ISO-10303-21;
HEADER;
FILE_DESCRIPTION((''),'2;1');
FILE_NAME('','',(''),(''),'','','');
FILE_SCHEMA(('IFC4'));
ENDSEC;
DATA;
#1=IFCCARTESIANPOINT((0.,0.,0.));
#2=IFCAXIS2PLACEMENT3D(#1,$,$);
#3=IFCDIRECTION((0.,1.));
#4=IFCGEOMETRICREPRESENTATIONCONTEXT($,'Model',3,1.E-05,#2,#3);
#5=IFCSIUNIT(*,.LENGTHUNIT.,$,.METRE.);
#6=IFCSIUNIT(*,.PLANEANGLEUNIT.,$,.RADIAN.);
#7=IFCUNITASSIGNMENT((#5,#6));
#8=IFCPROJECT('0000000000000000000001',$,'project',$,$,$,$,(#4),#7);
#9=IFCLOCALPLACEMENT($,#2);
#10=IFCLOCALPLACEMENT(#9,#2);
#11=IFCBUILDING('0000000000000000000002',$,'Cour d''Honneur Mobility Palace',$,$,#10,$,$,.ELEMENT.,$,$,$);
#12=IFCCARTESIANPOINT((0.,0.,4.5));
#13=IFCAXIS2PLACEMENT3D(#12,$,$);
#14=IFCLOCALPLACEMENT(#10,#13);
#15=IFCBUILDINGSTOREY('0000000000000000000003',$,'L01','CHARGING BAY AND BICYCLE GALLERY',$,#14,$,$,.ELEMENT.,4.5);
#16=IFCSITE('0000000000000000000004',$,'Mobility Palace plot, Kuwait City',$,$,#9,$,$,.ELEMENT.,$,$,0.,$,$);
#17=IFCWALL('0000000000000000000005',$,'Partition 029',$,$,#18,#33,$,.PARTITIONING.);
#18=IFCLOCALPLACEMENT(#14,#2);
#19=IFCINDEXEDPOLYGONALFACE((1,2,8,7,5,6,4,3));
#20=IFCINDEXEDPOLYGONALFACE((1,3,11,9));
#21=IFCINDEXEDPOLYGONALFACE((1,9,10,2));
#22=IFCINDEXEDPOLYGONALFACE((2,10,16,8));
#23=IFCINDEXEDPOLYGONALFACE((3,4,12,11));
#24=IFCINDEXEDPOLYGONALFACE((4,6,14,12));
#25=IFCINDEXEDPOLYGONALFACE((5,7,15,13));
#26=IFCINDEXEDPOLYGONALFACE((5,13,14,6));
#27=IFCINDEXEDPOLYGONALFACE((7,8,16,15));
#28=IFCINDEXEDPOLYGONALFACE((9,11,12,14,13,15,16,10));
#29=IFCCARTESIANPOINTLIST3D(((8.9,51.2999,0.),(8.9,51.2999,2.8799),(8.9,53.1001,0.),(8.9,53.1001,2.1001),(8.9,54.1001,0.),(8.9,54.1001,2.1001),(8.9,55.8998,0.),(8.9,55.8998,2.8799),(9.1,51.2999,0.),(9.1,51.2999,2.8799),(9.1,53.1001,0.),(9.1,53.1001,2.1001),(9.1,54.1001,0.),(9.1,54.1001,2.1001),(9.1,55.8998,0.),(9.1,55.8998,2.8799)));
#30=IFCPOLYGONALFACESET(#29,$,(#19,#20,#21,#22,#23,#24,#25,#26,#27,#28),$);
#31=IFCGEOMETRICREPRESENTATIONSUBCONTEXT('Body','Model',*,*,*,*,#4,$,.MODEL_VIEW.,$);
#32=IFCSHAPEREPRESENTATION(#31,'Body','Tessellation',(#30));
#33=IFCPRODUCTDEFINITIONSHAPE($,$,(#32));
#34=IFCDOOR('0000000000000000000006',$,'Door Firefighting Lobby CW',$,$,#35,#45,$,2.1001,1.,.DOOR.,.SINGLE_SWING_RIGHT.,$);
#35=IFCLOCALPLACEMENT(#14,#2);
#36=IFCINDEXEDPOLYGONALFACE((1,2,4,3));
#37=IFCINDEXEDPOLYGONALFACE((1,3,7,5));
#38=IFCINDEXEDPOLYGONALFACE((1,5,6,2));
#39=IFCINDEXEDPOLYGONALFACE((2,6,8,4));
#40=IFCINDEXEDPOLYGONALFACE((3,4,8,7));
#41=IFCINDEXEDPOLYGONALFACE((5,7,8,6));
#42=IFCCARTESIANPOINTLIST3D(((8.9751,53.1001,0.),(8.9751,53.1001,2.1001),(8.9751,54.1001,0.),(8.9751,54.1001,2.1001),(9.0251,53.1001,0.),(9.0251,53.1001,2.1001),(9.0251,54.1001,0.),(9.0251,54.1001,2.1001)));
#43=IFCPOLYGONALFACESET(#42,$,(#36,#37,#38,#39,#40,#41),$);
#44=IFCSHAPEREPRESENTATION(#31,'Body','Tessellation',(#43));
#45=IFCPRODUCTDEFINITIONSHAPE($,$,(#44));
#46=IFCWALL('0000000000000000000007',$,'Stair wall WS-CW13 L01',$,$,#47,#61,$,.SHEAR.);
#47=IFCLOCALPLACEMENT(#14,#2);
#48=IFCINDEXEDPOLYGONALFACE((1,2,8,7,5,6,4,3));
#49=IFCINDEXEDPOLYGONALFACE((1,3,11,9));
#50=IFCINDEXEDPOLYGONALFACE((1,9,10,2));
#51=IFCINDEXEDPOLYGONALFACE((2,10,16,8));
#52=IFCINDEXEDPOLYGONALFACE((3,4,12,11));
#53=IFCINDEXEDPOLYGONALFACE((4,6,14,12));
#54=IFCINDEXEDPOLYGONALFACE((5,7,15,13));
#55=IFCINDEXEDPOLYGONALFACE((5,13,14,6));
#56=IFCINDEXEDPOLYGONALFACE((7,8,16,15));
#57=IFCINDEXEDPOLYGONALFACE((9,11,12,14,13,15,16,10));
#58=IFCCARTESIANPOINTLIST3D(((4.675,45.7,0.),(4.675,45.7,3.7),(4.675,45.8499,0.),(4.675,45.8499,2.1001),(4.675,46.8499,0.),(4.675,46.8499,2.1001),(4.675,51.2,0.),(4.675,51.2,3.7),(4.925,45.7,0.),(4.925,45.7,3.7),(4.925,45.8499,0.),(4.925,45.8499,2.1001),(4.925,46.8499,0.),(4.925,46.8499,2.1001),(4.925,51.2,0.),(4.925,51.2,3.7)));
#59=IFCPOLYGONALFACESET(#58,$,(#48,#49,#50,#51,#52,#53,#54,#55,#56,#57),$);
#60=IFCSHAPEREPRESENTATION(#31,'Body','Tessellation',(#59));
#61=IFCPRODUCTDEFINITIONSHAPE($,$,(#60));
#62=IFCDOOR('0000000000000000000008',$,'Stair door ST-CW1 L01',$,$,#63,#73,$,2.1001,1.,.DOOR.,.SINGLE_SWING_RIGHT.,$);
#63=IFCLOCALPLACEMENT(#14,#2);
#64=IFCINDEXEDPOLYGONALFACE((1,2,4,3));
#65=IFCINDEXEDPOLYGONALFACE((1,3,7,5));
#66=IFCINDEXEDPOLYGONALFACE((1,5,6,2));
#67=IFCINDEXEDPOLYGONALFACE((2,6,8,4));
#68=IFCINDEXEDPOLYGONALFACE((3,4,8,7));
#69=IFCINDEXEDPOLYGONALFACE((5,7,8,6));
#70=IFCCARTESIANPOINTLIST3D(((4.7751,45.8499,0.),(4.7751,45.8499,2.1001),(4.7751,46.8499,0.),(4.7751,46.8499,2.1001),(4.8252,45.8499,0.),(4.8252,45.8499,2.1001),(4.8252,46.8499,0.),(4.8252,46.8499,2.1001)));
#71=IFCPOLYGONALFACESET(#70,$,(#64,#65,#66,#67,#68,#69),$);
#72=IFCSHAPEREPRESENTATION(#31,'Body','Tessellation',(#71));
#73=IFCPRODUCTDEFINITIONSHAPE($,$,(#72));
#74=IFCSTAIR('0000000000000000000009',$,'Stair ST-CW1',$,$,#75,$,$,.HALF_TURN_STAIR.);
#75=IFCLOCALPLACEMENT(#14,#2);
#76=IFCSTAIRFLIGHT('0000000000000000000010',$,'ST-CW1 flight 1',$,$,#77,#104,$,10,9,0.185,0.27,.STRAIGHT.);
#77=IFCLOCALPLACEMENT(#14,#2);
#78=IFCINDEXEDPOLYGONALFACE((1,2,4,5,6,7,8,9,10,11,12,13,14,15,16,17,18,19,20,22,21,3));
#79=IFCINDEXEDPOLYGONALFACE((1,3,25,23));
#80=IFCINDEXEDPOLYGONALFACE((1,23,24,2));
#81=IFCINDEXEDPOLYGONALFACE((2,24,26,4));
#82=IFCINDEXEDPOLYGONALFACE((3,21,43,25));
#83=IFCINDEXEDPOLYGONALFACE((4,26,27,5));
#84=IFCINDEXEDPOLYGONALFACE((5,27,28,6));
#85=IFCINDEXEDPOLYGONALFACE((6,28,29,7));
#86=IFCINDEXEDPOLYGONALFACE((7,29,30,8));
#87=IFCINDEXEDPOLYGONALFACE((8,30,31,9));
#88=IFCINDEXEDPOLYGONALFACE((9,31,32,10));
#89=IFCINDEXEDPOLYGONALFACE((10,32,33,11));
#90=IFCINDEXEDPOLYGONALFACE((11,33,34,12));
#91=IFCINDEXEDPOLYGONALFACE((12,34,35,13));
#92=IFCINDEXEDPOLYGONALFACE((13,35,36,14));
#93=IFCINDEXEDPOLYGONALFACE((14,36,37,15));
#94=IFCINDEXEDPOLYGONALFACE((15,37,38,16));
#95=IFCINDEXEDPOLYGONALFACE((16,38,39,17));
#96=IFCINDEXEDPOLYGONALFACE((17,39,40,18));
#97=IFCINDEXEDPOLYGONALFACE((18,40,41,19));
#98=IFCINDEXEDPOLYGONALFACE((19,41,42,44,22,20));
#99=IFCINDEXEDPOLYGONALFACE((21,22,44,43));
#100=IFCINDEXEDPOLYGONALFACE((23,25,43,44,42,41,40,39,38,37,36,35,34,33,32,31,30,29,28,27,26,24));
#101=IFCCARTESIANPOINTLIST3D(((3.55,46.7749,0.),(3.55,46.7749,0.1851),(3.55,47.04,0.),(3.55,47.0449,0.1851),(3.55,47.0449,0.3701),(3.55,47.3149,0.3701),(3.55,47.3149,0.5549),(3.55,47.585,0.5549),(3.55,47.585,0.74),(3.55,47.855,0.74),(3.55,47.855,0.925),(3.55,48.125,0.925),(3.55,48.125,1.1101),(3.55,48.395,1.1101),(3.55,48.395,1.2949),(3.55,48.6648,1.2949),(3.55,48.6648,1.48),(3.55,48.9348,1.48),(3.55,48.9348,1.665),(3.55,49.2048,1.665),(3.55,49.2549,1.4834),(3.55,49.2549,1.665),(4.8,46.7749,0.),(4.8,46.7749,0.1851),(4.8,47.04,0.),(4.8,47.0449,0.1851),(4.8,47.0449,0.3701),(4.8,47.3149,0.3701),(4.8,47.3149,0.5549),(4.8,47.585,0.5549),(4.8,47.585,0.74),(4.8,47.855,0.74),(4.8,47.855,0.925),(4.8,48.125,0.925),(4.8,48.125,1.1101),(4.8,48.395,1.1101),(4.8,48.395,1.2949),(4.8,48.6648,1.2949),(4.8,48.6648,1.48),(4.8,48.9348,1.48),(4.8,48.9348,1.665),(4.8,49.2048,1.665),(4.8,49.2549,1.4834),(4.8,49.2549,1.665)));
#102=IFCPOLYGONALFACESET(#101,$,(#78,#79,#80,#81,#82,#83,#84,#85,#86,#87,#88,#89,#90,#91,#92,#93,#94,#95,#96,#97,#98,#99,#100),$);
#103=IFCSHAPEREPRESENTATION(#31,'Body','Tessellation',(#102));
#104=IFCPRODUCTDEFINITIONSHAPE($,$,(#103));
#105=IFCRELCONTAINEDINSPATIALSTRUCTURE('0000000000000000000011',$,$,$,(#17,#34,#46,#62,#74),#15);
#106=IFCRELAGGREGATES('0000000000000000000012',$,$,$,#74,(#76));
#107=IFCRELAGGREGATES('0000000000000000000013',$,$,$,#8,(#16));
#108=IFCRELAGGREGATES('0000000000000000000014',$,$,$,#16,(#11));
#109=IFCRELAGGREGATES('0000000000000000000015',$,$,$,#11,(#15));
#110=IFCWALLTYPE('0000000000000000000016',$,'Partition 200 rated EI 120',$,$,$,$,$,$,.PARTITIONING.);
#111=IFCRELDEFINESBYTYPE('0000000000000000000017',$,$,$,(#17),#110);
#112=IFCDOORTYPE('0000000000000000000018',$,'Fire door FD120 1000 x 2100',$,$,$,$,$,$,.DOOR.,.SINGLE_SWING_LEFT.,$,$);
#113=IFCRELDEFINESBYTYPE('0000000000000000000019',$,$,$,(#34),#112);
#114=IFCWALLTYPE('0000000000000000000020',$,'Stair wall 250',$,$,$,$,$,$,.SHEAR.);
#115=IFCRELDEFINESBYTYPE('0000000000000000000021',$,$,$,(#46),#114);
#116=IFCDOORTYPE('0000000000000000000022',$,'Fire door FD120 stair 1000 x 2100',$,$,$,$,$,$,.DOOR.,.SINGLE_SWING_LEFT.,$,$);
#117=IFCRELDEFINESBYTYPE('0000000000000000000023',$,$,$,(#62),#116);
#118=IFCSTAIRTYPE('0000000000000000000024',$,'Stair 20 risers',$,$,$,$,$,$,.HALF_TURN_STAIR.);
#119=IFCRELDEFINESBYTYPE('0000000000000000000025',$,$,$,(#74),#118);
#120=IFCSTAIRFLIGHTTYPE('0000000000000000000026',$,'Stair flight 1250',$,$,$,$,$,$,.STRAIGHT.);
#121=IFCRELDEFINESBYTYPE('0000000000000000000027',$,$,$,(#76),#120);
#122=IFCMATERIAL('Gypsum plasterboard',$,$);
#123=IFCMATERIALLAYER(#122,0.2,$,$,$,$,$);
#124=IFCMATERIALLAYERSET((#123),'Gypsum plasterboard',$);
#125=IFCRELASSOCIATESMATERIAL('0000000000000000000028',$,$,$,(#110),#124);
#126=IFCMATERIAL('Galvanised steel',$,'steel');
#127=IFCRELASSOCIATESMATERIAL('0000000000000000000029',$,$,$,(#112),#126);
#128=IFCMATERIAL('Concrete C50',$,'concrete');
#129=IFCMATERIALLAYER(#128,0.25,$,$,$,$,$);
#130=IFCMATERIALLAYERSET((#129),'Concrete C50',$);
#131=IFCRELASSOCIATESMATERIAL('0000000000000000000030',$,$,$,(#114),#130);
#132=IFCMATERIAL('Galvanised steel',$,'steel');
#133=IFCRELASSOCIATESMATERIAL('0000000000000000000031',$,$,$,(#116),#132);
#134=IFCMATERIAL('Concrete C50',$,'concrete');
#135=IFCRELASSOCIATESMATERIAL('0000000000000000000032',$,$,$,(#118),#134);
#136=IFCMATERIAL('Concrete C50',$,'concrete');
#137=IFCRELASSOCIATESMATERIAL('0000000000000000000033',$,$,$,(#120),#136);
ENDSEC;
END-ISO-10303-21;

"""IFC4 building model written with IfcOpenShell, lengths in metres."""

from ifc_helpers import new_model, si_unit, direction, frame, frame_2d, origin, place, context, subcontext, project, spatial, polyline, rectangle, outline, extrude, material, layer, layer_set, type_object, element, fill, aggregate, save


model = new_model("IFC4")

# Units and contexts
model_context = context("Model", 3, precision=1e-05, world=origin(), true_north=direction((0.0, 1.0)))
body_context = subcontext(model_context, "Body", "Model", "MODEL_VIEW")
ifc_project = project(units=[si_unit("LENGTHUNIT", "METRE"), si_unit("PLANEANGLEUNIT", "RADIAN")], contexts=[model_context])

# Site, building, storey
site_placement = place(None, origin())
site = spatial("IfcSite", under=ifc_project, at=site_placement, Name="Mobility Palace plot, Kuwait City", CompositionType="ELEMENT", RefElevation=0.0)
building_placement = place(site_placement, origin())
building = spatial("IfcBuilding", under=site, at=building_placement, Name="Cour d'Honneur Mobility Palace", CompositionType="ELEMENT")
storey_placement = place(building_placement, frame((0.0, 0.0, 4.5)))
storey = spatial("IfcBuildingStorey", under=building, at=storey_placement, Name="L01", Description="CHARGING BAY AND BICYCLE GALLERY", CompositionType="ELEMENT", Elevation=4.5)

# Shared definitions
ifc_material_1 = material(Name="Gypsum plasterboard")
ifc_layer_1 = layer(ifc_material_1, 0.2)
ifc_layer_set_1 = layer_set([ifc_layer_1], Name="Gypsum plasterboard")
wall_type_1 = type_object("IfcWallType", Name="Partition 200 rated EI 120", PredefinedType="PARTITIONING", material=ifc_layer_set_1)
ifc_material_2 = material(Name="Galvanised steel", Category="steel")
door_type_1 = type_object("IfcDoorType", Name="Fire door FD120 1000 x 2100", OperationType="SINGLE_SWING_LEFT", PredefinedType="DOOR", material=ifc_material_2)

# Walls, openings, doors
wall_1_placement = place(storey_placement, frame((9.0, 51.3, 0.0), z_axis=(0.0, 0.0, 1.0), x_axis=(0.0, 1.0, 0.0)))
wall_1 = element("IfcWall", 1, at=wall_1_placement, inside=storey, type_object=wall_type_1, Name="Partition 029", PredefinedType="PARTITIONING", context=body_context, shape_type="SweptSolid", body=[
    extrude(rectangle(XDim=4.5999, YDim=0.2, at=frame_2d((2.2998, 0.0))), origin(), (0.0, 0.0, 1.0), 2.8799),
])
opening_1_placement = place(wall_1_placement, frame((1.8, 0.0, 0.0)))
opening_1 = element("IfcOpeningElement", 2, at=opening_1_placement, cuts=wall_1, PredefinedType="OPENING", context=body_context, shape_type="SweptSolid", body=[
    extrude(rectangle(XDim=1.0, YDim=2.1001, at=frame_2d((0.5, 1.05))), frame((0.0, 0.1099, 0.0), z_axis=(0.0, -1.0, 0.0), x_axis=(1.0, 0.0, 0.0)), (0.0, 0.0, 1.0), 0.22),
])
door_1_placement = place(opening_1_placement, origin())
door_1 = element("IfcDoor", 3, at=door_1_placement, inside=storey, type_object=door_type_1, Name="Door Firefighting Lobby CW", OperationType="SINGLE_SWING_RIGHT", OverallHeight=2.1001, OverallWidth=1.0, PredefinedType="DOOR", context=body_context, shape_type="SweptSolid", body=[
    extrude(rectangle(XDim=1.0, YDim=2.1001, at=frame_2d((0.5, 1.05))), frame((0.0, 0.0249, 0.0), z_axis=(0.0, -1.0, 0.0), x_axis=(1.0, 0.0, 0.0)), (0.0, 0.0, 1.0), 0.05),
])
fill(opening_1, door_1)
ifc_material_3 = material(Name="Concrete C50", Category="concrete")
ifc_layer_2 = layer(ifc_material_3, 0.25)
ifc_layer_set_2 = layer_set([ifc_layer_2], Name="Concrete C50")
wall_type_2 = type_object("IfcWallType", Name="Stair wall 250", PredefinedType="SHEAR", material=ifc_layer_set_2)
wall_2_placement = place(storey_placement, frame((4.8, 45.7, 0.0), z_axis=(0.0, 0.0, 1.0), x_axis=(0.0, 1.0, 0.0)))
wall_2 = element("IfcWall", 4, at=wall_2_placement, inside=storey, type_object=wall_type_2, Name="Stair wall WS-CW13 L01", PredefinedType="SHEAR", context=body_context, shape_type="SweptSolid", body=[
    extrude(rectangle(XDim=5.5, YDim=0.25, at=frame_2d((2.75, 0.0))), origin(), (0.0, 0.0, 1.0), 3.7),
])
opening_2_placement = place(wall_2_placement, frame((0.1499, 0.0, 0.0)))
opening_2 = element("IfcOpeningElement", 5, at=opening_2_placement, cuts=wall_2, PredefinedType="OPENING", context=body_context, shape_type="SweptSolid", body=[
    extrude(rectangle(XDim=1.0, YDim=2.1001, at=frame_2d((0.5, 1.05))), frame((0.0, 0.135, 0.0), z_axis=(0.0, -1.0, 0.0), x_axis=(1.0, 0.0, 0.0)), (0.0, 0.0, 1.0), 0.27),
])
ifc_material_4 = material(Name="Galvanised steel", Category="steel")
door_type_2 = type_object("IfcDoorType", Name="Fire door FD120 stair 1000 x 2100", OperationType="SINGLE_SWING_LEFT", PredefinedType="DOOR", material=ifc_material_4)
door_2_placement = place(opening_2_placement, origin())
door_2 = element("IfcDoor", 6, at=door_2_placement, inside=storey, type_object=door_type_2, Name="Stair door ST-CW1 L01", OperationType="SINGLE_SWING_RIGHT", OverallHeight=2.1001, OverallWidth=1.0, PredefinedType="DOOR", context=body_context, shape_type="SweptSolid", body=[
    extrude(rectangle(XDim=1.0, YDim=2.1001, at=frame_2d((0.5, 1.05))), frame((0.0, 0.0249, 0.0), z_axis=(0.0, -1.0, 0.0), x_axis=(1.0, 0.0, 0.0)), (0.0, 0.0, 1.0), 0.05),
])
fill(opening_2, door_2)

# Stair, stair flight
ifc_material_5 = material(Name="Concrete C50", Category="concrete")
stair_type = type_object("IfcStairType", Name="Stair 20 risers", PredefinedType="HALF_TURN_STAIR", material=ifc_material_5)
stair_placement = place(storey_placement, origin())
stair = element("IfcStair", 7, at=stair_placement, inside=storey, type_object=stair_type, Name="Stair ST-CW1", PredefinedType="HALF_TURN_STAIR")
ifc_material_6 = material(Name="Concrete C50", Category="concrete")
stair_flight_type = type_object("IfcStairFlightType", Name="Stair flight 1250", PredefinedType="STRAIGHT", material=ifc_material_6)
stair_flight_placement = place(storey_placement, frame((4.175, 46.7749, 0.0), z_axis=(0.0, 0.0, 1.0), x_axis=(0.0, 1.0, 0.0)))
stair_flight = element("IfcStairFlight", 8, at=stair_flight_placement, type_object=stair_flight_type, Name="ST-CW1 flight 1", NumberOfRisers=10, NumberOfTreads=9, PredefinedType="STRAIGHT", RiserHeight=0.185, TreadLength=0.27, context=body_context, shape_type="SweptSolid", body=[
    extrude(outline(polyline([(0.0, 0.0), (0.0, 0.1851), (0.27, 0.1851), (0.27, 0.3701), (0.54, 0.3701), (0.54, 0.5549), (0.8101, 0.5549), (0.8101, 0.74), (1.0801, 0.74), (1.0801, 0.925), (1.3501, 0.925), (1.3501, 1.1101), (1.6201, 1.1101), (1.6201, 1.2949), (1.8899, 1.2949), (1.8899, 1.48), (2.1599, 1.48), (2.1599, 1.665), (2.4299, 1.665), (2.48, 1.665), (2.48, 1.4834), (0.2651, 0.0), (0.0, 0.0)])), frame((0.0, 0.625, 0.0), z_axis=(0.0, -1.0, 0.0), x_axis=(1.0, 0.0, 0.0)), (0.0, 0.0, 1.0), 1.25),
])
aggregate(stair, [stair_flight])

save(model, "model.ifc")
